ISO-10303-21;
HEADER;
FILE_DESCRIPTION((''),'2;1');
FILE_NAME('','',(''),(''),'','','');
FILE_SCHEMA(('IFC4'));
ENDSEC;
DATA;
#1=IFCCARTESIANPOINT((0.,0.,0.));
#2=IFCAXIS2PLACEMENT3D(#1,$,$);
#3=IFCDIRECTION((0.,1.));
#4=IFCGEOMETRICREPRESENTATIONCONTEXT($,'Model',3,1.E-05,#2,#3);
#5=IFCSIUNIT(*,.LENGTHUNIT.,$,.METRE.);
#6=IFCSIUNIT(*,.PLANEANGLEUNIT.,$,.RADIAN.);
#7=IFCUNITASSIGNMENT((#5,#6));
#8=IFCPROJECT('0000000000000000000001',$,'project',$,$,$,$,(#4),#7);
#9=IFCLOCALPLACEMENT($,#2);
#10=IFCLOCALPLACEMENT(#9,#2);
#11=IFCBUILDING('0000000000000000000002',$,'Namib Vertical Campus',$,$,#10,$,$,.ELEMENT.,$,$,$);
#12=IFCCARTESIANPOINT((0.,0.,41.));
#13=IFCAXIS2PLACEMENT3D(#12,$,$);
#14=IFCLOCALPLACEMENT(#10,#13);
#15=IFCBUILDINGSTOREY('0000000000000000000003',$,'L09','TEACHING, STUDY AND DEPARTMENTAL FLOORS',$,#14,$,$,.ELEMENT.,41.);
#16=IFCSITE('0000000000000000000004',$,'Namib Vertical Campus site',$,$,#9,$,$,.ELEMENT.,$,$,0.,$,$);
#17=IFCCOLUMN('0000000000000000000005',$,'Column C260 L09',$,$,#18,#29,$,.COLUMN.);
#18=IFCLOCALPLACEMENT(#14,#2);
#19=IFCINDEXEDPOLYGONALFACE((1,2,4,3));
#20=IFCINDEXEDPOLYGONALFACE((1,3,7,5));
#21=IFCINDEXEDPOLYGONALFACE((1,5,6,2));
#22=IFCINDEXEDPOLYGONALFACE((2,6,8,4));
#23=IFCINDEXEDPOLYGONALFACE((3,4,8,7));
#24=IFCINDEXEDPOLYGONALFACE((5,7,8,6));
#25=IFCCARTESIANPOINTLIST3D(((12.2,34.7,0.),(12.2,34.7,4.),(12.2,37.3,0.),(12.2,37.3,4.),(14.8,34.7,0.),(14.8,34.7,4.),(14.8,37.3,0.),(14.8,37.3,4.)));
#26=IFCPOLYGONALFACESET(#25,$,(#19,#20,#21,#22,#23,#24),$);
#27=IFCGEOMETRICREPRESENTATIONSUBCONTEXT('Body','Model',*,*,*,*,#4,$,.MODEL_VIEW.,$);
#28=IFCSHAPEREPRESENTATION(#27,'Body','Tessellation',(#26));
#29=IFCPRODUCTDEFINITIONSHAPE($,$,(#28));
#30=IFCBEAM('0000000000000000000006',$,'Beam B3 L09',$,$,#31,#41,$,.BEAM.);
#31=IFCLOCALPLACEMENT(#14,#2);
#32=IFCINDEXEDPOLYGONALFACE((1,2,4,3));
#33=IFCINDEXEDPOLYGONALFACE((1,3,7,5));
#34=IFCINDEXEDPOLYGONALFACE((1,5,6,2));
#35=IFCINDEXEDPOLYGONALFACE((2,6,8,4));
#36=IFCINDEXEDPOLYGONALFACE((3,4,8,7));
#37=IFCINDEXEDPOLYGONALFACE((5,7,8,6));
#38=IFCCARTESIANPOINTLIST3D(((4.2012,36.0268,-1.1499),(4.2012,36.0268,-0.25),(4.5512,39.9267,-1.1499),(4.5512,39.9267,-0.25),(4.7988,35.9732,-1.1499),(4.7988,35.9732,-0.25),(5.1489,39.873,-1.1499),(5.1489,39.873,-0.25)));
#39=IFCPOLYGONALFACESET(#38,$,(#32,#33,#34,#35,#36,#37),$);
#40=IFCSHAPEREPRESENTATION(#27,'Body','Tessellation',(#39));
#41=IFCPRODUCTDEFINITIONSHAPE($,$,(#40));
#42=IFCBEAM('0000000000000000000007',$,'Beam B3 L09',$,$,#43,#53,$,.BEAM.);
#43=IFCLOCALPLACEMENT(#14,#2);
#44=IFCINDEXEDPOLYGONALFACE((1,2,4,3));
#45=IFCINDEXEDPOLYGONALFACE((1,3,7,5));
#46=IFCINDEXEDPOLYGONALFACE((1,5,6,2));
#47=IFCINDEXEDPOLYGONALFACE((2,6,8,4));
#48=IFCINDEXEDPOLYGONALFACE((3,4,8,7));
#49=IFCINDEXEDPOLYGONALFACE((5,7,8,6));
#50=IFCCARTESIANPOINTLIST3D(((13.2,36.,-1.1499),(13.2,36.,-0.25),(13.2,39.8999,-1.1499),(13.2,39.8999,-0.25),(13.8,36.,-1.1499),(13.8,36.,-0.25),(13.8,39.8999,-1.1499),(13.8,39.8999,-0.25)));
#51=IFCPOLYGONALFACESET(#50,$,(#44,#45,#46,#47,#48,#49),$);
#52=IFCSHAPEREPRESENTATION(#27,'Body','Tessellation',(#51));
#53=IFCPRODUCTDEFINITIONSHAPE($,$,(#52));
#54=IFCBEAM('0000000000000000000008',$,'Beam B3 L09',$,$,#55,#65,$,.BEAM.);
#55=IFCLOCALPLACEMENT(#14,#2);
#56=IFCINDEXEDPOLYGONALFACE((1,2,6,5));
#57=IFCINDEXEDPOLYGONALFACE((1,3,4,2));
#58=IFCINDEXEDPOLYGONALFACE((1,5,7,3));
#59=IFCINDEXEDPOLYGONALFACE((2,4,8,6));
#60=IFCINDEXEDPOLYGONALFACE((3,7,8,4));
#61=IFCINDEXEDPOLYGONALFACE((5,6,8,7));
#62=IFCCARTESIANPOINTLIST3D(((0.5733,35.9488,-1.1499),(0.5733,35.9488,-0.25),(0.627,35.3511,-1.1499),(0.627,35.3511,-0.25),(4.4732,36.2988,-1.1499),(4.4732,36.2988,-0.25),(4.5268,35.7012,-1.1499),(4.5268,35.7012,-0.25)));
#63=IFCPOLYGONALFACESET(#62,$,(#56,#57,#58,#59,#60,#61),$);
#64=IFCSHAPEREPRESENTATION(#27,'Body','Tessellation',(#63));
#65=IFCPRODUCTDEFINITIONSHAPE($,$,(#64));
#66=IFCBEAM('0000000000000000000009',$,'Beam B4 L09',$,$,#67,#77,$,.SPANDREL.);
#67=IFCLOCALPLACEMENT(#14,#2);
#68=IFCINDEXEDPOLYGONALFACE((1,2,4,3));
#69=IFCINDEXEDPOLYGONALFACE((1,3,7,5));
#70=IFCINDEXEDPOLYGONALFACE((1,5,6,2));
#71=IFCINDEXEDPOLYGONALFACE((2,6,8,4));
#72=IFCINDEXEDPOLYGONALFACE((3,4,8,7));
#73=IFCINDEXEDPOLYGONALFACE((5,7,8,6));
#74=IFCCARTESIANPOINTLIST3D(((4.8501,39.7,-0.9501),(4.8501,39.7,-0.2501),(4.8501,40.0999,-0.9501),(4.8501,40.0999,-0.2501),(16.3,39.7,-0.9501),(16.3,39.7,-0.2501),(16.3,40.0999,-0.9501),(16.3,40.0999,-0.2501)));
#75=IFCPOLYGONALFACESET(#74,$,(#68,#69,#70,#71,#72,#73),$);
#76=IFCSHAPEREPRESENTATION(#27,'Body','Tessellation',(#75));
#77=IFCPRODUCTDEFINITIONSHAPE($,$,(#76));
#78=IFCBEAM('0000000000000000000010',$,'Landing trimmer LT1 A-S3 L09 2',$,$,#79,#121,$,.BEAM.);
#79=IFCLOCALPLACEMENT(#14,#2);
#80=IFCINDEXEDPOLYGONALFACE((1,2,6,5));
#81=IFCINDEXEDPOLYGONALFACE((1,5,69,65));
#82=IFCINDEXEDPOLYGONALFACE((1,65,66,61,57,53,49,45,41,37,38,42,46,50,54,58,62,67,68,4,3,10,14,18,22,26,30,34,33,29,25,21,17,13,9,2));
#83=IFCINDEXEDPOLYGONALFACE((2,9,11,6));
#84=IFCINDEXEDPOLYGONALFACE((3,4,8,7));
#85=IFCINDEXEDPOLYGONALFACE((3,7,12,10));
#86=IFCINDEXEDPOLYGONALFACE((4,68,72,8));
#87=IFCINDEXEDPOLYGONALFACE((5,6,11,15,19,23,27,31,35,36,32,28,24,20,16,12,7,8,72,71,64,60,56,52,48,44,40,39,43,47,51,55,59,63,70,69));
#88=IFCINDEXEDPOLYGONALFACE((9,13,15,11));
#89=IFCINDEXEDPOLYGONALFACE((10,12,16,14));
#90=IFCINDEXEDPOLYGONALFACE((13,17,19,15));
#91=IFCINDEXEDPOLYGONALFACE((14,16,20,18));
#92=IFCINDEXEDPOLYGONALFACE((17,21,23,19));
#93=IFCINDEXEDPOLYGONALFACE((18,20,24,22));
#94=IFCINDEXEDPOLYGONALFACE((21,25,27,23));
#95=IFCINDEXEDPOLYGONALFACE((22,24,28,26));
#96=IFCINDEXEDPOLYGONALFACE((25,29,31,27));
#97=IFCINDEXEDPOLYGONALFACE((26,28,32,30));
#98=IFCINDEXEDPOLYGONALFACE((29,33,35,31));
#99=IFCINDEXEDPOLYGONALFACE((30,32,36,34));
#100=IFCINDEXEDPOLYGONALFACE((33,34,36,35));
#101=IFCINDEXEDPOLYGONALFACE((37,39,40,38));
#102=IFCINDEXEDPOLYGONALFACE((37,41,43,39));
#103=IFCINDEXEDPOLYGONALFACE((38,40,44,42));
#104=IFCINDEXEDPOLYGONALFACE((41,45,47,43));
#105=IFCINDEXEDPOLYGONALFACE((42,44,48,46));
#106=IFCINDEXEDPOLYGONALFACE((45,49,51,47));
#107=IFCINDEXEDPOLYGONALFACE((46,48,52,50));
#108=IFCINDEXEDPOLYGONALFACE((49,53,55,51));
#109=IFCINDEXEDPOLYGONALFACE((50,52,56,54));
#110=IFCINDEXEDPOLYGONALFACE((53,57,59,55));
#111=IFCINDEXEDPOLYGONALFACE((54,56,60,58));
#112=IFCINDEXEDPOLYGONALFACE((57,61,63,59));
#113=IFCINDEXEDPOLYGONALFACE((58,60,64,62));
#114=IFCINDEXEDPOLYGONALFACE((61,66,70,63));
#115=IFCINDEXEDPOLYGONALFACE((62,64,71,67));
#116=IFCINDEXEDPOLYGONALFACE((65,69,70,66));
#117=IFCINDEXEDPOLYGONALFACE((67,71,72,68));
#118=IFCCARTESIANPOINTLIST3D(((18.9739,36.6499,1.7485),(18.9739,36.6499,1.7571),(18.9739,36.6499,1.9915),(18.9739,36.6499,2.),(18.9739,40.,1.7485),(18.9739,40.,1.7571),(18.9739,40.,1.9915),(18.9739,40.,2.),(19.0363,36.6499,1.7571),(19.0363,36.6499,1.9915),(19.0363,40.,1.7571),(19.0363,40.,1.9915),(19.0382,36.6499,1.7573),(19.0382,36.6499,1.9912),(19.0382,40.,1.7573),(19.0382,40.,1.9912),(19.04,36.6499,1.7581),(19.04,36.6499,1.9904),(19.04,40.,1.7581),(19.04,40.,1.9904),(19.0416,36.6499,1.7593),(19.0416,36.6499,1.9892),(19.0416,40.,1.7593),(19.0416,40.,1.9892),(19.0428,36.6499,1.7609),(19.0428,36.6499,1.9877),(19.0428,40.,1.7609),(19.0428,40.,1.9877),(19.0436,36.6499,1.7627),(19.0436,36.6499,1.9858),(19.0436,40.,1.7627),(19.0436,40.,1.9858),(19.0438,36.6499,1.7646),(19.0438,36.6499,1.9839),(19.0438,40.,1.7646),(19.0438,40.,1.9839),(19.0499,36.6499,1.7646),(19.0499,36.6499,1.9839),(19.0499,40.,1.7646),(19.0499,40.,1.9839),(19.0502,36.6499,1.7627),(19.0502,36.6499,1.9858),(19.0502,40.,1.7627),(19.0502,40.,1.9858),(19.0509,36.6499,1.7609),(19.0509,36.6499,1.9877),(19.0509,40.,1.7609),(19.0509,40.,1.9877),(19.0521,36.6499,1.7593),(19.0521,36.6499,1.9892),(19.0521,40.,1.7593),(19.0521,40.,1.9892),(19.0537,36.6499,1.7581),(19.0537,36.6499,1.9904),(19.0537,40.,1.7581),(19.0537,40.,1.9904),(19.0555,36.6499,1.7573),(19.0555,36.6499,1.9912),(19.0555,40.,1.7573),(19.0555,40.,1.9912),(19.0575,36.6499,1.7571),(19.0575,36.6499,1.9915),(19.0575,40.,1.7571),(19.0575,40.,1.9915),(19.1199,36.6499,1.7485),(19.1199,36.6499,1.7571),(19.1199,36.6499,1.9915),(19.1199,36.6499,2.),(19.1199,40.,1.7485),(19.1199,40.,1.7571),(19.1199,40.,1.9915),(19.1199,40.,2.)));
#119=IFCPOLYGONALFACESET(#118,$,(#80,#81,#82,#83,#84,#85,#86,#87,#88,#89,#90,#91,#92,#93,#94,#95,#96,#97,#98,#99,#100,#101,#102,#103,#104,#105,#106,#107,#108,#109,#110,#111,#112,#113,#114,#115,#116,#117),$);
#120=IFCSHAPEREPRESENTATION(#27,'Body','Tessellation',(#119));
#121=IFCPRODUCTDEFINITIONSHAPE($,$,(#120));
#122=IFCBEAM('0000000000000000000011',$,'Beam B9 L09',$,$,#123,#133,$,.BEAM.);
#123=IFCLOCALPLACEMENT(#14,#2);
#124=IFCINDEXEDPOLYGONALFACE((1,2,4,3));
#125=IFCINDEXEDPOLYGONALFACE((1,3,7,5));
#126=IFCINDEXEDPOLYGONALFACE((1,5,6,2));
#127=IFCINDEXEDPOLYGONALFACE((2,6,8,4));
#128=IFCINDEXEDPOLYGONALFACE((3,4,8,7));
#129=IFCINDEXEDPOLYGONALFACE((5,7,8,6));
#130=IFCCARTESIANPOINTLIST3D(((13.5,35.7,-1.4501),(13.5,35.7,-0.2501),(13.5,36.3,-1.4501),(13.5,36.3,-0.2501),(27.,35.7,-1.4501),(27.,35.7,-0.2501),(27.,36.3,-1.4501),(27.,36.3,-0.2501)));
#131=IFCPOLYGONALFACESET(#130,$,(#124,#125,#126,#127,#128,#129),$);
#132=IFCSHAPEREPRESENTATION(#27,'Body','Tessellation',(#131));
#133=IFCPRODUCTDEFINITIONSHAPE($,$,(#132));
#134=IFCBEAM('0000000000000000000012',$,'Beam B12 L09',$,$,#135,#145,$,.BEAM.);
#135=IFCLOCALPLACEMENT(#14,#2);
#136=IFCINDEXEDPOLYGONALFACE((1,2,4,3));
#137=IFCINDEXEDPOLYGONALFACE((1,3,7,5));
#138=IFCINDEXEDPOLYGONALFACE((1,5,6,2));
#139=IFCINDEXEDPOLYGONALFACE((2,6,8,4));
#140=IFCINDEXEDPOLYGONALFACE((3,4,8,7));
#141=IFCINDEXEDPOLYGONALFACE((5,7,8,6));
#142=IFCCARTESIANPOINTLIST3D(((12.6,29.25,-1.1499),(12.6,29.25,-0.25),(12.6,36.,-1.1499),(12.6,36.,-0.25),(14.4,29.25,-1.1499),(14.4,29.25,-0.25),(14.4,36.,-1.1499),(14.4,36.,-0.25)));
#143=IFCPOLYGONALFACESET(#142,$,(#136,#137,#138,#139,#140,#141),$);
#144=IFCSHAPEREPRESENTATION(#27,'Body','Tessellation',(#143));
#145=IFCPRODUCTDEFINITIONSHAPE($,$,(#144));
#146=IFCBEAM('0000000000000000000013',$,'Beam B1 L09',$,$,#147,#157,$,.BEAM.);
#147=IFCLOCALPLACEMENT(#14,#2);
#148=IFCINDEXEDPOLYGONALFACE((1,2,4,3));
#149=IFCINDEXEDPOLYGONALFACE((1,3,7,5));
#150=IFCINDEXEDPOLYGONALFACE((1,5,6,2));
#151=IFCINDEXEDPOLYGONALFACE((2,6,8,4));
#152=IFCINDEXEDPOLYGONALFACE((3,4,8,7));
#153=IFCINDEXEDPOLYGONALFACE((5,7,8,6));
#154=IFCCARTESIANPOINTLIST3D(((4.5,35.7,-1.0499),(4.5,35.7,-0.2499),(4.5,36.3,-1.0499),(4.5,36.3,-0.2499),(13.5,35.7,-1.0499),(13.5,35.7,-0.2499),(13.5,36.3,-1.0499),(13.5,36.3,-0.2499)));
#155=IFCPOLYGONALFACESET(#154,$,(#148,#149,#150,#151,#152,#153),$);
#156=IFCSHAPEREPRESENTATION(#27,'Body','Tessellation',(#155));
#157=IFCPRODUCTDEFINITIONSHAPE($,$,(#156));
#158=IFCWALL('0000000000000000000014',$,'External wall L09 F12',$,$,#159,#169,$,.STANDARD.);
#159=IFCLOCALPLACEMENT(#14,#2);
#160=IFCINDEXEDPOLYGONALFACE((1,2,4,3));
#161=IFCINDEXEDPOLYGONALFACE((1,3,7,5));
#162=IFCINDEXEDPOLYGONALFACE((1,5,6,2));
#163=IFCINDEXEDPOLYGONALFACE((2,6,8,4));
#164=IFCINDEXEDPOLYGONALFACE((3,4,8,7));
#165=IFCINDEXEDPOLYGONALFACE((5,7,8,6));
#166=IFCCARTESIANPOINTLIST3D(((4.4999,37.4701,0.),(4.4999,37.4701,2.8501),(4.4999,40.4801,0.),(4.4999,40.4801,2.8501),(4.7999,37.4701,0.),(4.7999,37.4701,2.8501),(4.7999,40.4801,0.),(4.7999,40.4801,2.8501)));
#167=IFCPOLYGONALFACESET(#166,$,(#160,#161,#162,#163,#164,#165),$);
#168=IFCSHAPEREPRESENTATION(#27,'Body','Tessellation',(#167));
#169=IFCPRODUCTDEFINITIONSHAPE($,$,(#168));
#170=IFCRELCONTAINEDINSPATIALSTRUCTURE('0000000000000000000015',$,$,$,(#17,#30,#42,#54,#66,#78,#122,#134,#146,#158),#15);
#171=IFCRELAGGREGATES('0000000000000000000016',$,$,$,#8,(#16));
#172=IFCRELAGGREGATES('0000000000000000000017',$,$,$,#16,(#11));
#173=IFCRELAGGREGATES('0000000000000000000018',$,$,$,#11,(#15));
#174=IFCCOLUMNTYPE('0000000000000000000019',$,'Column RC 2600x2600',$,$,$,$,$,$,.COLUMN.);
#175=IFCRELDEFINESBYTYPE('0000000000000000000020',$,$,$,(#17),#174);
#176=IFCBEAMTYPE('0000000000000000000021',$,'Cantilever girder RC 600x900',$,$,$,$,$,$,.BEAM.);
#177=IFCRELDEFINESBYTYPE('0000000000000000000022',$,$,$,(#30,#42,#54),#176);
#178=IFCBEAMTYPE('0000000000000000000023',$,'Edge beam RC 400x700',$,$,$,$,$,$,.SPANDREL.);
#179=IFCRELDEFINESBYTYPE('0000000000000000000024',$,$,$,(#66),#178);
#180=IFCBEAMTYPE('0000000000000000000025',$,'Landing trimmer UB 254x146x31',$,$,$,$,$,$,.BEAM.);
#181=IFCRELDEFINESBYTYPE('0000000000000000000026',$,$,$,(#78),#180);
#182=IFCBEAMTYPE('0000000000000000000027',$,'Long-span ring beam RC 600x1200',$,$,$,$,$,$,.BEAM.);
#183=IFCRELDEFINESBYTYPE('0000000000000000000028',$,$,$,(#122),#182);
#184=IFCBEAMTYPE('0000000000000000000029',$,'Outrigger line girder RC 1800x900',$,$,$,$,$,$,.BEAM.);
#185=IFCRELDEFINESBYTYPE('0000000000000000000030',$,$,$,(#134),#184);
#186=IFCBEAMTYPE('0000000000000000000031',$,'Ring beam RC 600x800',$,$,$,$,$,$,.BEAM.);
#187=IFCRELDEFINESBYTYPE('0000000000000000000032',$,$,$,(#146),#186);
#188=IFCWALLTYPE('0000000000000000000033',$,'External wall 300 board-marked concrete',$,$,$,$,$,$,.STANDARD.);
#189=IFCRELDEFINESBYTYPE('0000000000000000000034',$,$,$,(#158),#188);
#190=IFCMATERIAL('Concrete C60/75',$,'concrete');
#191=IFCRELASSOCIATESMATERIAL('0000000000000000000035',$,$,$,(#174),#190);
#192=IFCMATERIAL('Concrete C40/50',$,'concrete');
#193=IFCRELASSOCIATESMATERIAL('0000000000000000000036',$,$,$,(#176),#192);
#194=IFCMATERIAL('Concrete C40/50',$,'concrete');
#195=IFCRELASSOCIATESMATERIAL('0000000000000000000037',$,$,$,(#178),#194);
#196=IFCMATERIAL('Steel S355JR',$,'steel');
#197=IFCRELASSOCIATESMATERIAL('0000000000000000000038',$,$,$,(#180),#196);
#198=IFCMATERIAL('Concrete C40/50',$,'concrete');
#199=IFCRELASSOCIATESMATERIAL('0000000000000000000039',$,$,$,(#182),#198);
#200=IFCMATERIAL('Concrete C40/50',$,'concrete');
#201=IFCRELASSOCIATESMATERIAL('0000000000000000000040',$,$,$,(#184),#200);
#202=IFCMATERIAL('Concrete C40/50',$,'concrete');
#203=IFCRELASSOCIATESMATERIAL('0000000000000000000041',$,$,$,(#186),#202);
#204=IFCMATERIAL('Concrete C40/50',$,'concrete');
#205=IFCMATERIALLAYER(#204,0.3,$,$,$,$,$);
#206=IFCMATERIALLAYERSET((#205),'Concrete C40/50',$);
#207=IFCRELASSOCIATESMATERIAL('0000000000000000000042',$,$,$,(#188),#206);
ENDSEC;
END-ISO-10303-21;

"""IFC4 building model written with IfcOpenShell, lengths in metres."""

from ifc_helpers import new_model, si_unit, direction, frame, frame_2d, origin, origin_2d, place, context, subcontext, project, spatial, rectangle, i_section, extrude, material, layer, layer_set, material_profile, profile_set, type_object, element, save


model = new_model("IFC4")

# Units and contexts
model_context = context("Model", 3, precision=1e-05, world=origin(), true_north=direction((0.0, 1.0)))
body_context = subcontext(model_context, "Body", "Model", "MODEL_VIEW")
ifc_project = project(units=[si_unit("LENGTHUNIT", "METRE"), si_unit("PLANEANGLEUNIT", "RADIAN")], contexts=[model_context])

# Site, building, storey
site_placement = place(None, origin())
site = spatial("IfcSite", under=ifc_project, at=site_placement, Name="Namib Vertical Campus site", CompositionType="ELEMENT", RefElevation=0.0)
building_placement = place(site_placement, origin())
building = spatial("IfcBuilding", under=site, at=building_placement, Name="Namib Vertical Campus", CompositionType="ELEMENT")
storey_placement = place(building_placement, frame((0.0, 0.0, 41.0)))
storey = spatial("IfcBuildingStorey", under=building, at=storey_placement, Name="L09", Description="TEACHING, STUDY AND DEPARTMENTAL FLOORS", CompositionType="ELEMENT", Elevation=41.0)

# Column
ifc_material_1 = material(Name="Concrete C60/75", Category="concrete")
ifc_material_profile_1 = material_profile(ifc_material_1, rectangle(XDim=2.6001, YDim=2.6001, at=origin_2d()))
ifc_profile_set_1 = profile_set([ifc_material_profile_1], Name="Concrete C60/75")
column_type = type_object("IfcColumnType", Name="Column RC 2600x2600", PredefinedType="COLUMN", material=ifc_profile_set_1)
column_placement = place(storey_placement, frame((13.5, 36.0, 0.0), z_axis=(0.0, 0.0, 1.0), x_axis=(1.0, 0.0, 0.0)))
element("IfcColumn", 1, at=column_placement, inside=storey, type_object=column_type, Name="Column C260 L09", PredefinedType="COLUMN", context=body_context, shape_type="SweptSolid", body=[
    extrude(rectangle(XDim=2.6001, YDim=2.6001, at=origin_2d()), origin(), (0.0, 0.0, 1.0), 4.0),
])

# Beams
ifc_material_2 = material(Name="Concrete C40/50", Category="concrete")
ifc_material_profile_2 = material_profile(ifc_material_2, rectangle(XDim=0.6001, YDim=0.8999, at=origin_2d()))
ifc_profile_set_2 = profile_set([ifc_material_profile_2], Name="Concrete C40/50")
beam_type_1 = type_object("IfcBeamType", Name="Cantilever girder RC 600x900", PredefinedType="BEAM", material=ifc_profile_set_2)
beam_1_placement = place(storey_placement, frame((4.5, 36.0, -0.7), z_axis=(0.089411, 0.995995, 0.0), x_axis=(-0.995995, 0.089411, 0.0)))
element("IfcBeam", 2, at=beam_1_placement, inside=storey, type_object=beam_type_1, Name="Beam B3 L09", PredefinedType="BEAM", context=body_context, shape_type="SweptSolid", body=[
    extrude(rectangle(XDim=0.6001, YDim=0.8999, at=origin_2d()), origin(), (0.0, 0.0, 1.0), 3.9155),
])
beam_2_placement = place(storey_placement, frame((13.5, 36.0, -0.7), z_axis=(0.0, 1.0, 0.0), x_axis=(-1.0, 0.0, 0.0)))
element("IfcBeam", 3, at=beam_2_placement, inside=storey, type_object=beam_type_1, Name="Beam B3 L09", PredefinedType="BEAM", context=body_context, shape_type="SweptSolid", body=[
    extrude(rectangle(XDim=0.6001, YDim=0.8999, at=origin_2d()), origin(), (0.0, 0.0, 1.0), 3.8999),
])
beam_3_placement = place(storey_placement, frame((4.5, 36.0, -0.7), z_axis=(-0.995995, -0.089411, 0.0), x_axis=(0.089411, -0.995995, 0.0)))
element("IfcBeam", 4, at=beam_3_placement, inside=storey, type_object=beam_type_1, Name="Beam B3 L09", PredefinedType="BEAM", context=body_context, shape_type="SweptSolid", body=[
    extrude(rectangle(XDim=0.6001, YDim=0.8999, at=origin_2d()), origin(), (0.0, 0.0, 1.0), 3.9155),
])
ifc_material_3 = material(Name="Concrete C40/50", Category="concrete")
ifc_material_profile_3 = material_profile(ifc_material_3, rectangle(XDim=0.3999, YDim=0.7, at=origin_2d()))
ifc_profile_set_3 = profile_set([ifc_material_profile_3], Name="Concrete C40/50")
beam_type_2 = type_object("IfcBeamType", Name="Edge beam RC 400x700", PredefinedType="SPANDREL", material=ifc_profile_set_3)
beam_4_placement = place(storey_placement, frame((4.8501, 39.8999, -0.6001), z_axis=(1.0, 0.0, 0.0), x_axis=(0.0, 1.0, 0.0)))
element("IfcBeam", 5, at=beam_4_placement, inside=storey, type_object=beam_type_2, Name="Beam B4 L09", PredefinedType="SPANDREL", context=body_context, shape_type="SweptSolid", body=[
    extrude(rectangle(XDim=0.3999, YDim=0.7, at=origin_2d()), origin(), (0.0, 0.0, 1.0), 11.45),
])
ifc_material_4 = material(Name="Steel S355JR", Category="steel")
ifc_material_profile_4 = material_profile(ifc_material_4, i_section(OverallWidth=0.146, OverallDepth=0.2515, WebThickness=0.0061, FlangeThickness=0.0085, FilletRadius=0.0076, at=origin_2d()))
ifc_profile_set_4 = profile_set([ifc_material_profile_4], Name="Steel S355JR")
beam_type_3 = type_object("IfcBeamType", Name="Landing trimmer UB 254x146x31", PredefinedType="BEAM", material=ifc_profile_set_4)
beam_5_placement = place(storey_placement, frame((19.0469, 36.6499, 1.8743), z_axis=(0.0, 1.0, 0.0), x_axis=(-1.0, 0.0, 0.0)))
element("IfcBeam", 6, at=beam_5_placement, inside=storey, type_object=beam_type_3, Name="Landing trimmer LT1 A-S3 L09 2", PredefinedType="BEAM", context=body_context, shape_type="SweptSolid", body=[
    extrude(i_section(OverallWidth=0.146, OverallDepth=0.2515, WebThickness=0.0061, FlangeThickness=0.0085, FilletRadius=0.0076, at=origin_2d()), origin(), (0.0, 0.0, 1.0), 3.3501),
])
ifc_material_5 = material(Name="Concrete C40/50", Category="concrete")
ifc_material_profile_5 = material_profile(ifc_material_5, rectangle(XDim=0.6001, YDim=1.2, at=origin_2d()))
ifc_profile_set_5 = profile_set([ifc_material_profile_5], Name="Concrete C40/50")
beam_type_4 = type_object("IfcBeamType", Name="Long-span ring beam RC 600x1200", PredefinedType="BEAM", material=ifc_profile_set_5)
beam_6_placement = place(storey_placement, frame((13.5, 36.0, -0.8501), z_axis=(1.0, 0.0, 0.0), x_axis=(0.0, 1.0, 0.0)))
element("IfcBeam", 7, at=beam_6_placement, inside=storey, type_object=beam_type_4, Name="Beam B9 L09", PredefinedType="BEAM", context=body_context, shape_type="SweptSolid", body=[
    extrude(rectangle(XDim=0.6001, YDim=1.2, at=origin_2d()), origin(), (0.0, 0.0, 1.0), 13.5),
])
ifc_material_6 = material(Name="Concrete C40/50", Category="concrete")
ifc_material_profile_6 = material_profile(ifc_material_6, rectangle(XDim=1.8, YDim=0.8999, at=origin_2d()))
ifc_profile_set_6 = profile_set([ifc_material_profile_6], Name="Concrete C40/50")
beam_type_5 = type_object("IfcBeamType", Name="Outrigger line girder RC 1800x900", PredefinedType="BEAM", material=ifc_profile_set_6)
beam_7_placement = place(storey_placement, frame((13.5, 36.0, -0.7), z_axis=(0.0, -1.0, 0.0), x_axis=(1.0, 0.0, 0.0)))
element("IfcBeam", 8, at=beam_7_placement, inside=storey, type_object=beam_type_5, Name="Beam B12 L09", PredefinedType="BEAM", context=body_context, shape_type="SweptSolid", body=[
    extrude(rectangle(XDim=1.8, YDim=0.8999, at=origin_2d()), origin(), (0.0, 0.0, 1.0), 6.75),
])
ifc_material_7 = material(Name="Concrete C40/50", Category="concrete")
ifc_material_profile_7 = material_profile(ifc_material_7, rectangle(XDim=0.6001, YDim=0.8, at=origin_2d()))
ifc_profile_set_7 = profile_set([ifc_material_profile_7], Name="Concrete C40/50")
beam_type_6 = type_object("IfcBeamType", Name="Ring beam RC 600x800", PredefinedType="BEAM", material=ifc_profile_set_7)
beam_8_placement = place(storey_placement, frame((4.5, 36.0, -0.6499), z_axis=(1.0, 0.0, 0.0), x_axis=(0.0, 1.0, 0.0)))
element("IfcBeam", 9, at=beam_8_placement, inside=storey, type_object=beam_type_6, Name="Beam B1 L09", PredefinedType="BEAM", context=body_context, shape_type="SweptSolid", body=[
    extrude(rectangle(XDim=0.6001, YDim=0.8, at=origin_2d()), origin(), (0.0, 0.0, 1.0), 9.0),
])

# Wall
ifc_material_8 = material(Name="Concrete C40/50", Category="concrete")
ifc_layer_1 = layer(ifc_material_8, 0.3)
ifc_layer_set_1 = layer_set([ifc_layer_1], Name="Concrete C40/50")
wall_type_1 = type_object("IfcWallType", Name="External wall 300 board-marked concrete", PredefinedType="STANDARD", material=ifc_layer_set_1)
wall_1_placement = place(storey_placement, frame((4.6499, 40.48, 0.0), z_axis=(0.0, 0.0, 1.0), x_axis=(0.0, -1.0, 0.0)))
element("IfcWall", 10, at=wall_1_placement, inside=storey, type_object=wall_type_1, Name="External wall L09 F12", PredefinedType="STANDARD", context=body_context, shape_type="SweptSolid", body=[
    extrude(rectangle(XDim=3.01, YDim=0.3, at=frame_2d((1.5049, 0.0))), origin(), (0.0, 0.0, 1.0), 2.8501),
])

save(model, "model.ifc")
